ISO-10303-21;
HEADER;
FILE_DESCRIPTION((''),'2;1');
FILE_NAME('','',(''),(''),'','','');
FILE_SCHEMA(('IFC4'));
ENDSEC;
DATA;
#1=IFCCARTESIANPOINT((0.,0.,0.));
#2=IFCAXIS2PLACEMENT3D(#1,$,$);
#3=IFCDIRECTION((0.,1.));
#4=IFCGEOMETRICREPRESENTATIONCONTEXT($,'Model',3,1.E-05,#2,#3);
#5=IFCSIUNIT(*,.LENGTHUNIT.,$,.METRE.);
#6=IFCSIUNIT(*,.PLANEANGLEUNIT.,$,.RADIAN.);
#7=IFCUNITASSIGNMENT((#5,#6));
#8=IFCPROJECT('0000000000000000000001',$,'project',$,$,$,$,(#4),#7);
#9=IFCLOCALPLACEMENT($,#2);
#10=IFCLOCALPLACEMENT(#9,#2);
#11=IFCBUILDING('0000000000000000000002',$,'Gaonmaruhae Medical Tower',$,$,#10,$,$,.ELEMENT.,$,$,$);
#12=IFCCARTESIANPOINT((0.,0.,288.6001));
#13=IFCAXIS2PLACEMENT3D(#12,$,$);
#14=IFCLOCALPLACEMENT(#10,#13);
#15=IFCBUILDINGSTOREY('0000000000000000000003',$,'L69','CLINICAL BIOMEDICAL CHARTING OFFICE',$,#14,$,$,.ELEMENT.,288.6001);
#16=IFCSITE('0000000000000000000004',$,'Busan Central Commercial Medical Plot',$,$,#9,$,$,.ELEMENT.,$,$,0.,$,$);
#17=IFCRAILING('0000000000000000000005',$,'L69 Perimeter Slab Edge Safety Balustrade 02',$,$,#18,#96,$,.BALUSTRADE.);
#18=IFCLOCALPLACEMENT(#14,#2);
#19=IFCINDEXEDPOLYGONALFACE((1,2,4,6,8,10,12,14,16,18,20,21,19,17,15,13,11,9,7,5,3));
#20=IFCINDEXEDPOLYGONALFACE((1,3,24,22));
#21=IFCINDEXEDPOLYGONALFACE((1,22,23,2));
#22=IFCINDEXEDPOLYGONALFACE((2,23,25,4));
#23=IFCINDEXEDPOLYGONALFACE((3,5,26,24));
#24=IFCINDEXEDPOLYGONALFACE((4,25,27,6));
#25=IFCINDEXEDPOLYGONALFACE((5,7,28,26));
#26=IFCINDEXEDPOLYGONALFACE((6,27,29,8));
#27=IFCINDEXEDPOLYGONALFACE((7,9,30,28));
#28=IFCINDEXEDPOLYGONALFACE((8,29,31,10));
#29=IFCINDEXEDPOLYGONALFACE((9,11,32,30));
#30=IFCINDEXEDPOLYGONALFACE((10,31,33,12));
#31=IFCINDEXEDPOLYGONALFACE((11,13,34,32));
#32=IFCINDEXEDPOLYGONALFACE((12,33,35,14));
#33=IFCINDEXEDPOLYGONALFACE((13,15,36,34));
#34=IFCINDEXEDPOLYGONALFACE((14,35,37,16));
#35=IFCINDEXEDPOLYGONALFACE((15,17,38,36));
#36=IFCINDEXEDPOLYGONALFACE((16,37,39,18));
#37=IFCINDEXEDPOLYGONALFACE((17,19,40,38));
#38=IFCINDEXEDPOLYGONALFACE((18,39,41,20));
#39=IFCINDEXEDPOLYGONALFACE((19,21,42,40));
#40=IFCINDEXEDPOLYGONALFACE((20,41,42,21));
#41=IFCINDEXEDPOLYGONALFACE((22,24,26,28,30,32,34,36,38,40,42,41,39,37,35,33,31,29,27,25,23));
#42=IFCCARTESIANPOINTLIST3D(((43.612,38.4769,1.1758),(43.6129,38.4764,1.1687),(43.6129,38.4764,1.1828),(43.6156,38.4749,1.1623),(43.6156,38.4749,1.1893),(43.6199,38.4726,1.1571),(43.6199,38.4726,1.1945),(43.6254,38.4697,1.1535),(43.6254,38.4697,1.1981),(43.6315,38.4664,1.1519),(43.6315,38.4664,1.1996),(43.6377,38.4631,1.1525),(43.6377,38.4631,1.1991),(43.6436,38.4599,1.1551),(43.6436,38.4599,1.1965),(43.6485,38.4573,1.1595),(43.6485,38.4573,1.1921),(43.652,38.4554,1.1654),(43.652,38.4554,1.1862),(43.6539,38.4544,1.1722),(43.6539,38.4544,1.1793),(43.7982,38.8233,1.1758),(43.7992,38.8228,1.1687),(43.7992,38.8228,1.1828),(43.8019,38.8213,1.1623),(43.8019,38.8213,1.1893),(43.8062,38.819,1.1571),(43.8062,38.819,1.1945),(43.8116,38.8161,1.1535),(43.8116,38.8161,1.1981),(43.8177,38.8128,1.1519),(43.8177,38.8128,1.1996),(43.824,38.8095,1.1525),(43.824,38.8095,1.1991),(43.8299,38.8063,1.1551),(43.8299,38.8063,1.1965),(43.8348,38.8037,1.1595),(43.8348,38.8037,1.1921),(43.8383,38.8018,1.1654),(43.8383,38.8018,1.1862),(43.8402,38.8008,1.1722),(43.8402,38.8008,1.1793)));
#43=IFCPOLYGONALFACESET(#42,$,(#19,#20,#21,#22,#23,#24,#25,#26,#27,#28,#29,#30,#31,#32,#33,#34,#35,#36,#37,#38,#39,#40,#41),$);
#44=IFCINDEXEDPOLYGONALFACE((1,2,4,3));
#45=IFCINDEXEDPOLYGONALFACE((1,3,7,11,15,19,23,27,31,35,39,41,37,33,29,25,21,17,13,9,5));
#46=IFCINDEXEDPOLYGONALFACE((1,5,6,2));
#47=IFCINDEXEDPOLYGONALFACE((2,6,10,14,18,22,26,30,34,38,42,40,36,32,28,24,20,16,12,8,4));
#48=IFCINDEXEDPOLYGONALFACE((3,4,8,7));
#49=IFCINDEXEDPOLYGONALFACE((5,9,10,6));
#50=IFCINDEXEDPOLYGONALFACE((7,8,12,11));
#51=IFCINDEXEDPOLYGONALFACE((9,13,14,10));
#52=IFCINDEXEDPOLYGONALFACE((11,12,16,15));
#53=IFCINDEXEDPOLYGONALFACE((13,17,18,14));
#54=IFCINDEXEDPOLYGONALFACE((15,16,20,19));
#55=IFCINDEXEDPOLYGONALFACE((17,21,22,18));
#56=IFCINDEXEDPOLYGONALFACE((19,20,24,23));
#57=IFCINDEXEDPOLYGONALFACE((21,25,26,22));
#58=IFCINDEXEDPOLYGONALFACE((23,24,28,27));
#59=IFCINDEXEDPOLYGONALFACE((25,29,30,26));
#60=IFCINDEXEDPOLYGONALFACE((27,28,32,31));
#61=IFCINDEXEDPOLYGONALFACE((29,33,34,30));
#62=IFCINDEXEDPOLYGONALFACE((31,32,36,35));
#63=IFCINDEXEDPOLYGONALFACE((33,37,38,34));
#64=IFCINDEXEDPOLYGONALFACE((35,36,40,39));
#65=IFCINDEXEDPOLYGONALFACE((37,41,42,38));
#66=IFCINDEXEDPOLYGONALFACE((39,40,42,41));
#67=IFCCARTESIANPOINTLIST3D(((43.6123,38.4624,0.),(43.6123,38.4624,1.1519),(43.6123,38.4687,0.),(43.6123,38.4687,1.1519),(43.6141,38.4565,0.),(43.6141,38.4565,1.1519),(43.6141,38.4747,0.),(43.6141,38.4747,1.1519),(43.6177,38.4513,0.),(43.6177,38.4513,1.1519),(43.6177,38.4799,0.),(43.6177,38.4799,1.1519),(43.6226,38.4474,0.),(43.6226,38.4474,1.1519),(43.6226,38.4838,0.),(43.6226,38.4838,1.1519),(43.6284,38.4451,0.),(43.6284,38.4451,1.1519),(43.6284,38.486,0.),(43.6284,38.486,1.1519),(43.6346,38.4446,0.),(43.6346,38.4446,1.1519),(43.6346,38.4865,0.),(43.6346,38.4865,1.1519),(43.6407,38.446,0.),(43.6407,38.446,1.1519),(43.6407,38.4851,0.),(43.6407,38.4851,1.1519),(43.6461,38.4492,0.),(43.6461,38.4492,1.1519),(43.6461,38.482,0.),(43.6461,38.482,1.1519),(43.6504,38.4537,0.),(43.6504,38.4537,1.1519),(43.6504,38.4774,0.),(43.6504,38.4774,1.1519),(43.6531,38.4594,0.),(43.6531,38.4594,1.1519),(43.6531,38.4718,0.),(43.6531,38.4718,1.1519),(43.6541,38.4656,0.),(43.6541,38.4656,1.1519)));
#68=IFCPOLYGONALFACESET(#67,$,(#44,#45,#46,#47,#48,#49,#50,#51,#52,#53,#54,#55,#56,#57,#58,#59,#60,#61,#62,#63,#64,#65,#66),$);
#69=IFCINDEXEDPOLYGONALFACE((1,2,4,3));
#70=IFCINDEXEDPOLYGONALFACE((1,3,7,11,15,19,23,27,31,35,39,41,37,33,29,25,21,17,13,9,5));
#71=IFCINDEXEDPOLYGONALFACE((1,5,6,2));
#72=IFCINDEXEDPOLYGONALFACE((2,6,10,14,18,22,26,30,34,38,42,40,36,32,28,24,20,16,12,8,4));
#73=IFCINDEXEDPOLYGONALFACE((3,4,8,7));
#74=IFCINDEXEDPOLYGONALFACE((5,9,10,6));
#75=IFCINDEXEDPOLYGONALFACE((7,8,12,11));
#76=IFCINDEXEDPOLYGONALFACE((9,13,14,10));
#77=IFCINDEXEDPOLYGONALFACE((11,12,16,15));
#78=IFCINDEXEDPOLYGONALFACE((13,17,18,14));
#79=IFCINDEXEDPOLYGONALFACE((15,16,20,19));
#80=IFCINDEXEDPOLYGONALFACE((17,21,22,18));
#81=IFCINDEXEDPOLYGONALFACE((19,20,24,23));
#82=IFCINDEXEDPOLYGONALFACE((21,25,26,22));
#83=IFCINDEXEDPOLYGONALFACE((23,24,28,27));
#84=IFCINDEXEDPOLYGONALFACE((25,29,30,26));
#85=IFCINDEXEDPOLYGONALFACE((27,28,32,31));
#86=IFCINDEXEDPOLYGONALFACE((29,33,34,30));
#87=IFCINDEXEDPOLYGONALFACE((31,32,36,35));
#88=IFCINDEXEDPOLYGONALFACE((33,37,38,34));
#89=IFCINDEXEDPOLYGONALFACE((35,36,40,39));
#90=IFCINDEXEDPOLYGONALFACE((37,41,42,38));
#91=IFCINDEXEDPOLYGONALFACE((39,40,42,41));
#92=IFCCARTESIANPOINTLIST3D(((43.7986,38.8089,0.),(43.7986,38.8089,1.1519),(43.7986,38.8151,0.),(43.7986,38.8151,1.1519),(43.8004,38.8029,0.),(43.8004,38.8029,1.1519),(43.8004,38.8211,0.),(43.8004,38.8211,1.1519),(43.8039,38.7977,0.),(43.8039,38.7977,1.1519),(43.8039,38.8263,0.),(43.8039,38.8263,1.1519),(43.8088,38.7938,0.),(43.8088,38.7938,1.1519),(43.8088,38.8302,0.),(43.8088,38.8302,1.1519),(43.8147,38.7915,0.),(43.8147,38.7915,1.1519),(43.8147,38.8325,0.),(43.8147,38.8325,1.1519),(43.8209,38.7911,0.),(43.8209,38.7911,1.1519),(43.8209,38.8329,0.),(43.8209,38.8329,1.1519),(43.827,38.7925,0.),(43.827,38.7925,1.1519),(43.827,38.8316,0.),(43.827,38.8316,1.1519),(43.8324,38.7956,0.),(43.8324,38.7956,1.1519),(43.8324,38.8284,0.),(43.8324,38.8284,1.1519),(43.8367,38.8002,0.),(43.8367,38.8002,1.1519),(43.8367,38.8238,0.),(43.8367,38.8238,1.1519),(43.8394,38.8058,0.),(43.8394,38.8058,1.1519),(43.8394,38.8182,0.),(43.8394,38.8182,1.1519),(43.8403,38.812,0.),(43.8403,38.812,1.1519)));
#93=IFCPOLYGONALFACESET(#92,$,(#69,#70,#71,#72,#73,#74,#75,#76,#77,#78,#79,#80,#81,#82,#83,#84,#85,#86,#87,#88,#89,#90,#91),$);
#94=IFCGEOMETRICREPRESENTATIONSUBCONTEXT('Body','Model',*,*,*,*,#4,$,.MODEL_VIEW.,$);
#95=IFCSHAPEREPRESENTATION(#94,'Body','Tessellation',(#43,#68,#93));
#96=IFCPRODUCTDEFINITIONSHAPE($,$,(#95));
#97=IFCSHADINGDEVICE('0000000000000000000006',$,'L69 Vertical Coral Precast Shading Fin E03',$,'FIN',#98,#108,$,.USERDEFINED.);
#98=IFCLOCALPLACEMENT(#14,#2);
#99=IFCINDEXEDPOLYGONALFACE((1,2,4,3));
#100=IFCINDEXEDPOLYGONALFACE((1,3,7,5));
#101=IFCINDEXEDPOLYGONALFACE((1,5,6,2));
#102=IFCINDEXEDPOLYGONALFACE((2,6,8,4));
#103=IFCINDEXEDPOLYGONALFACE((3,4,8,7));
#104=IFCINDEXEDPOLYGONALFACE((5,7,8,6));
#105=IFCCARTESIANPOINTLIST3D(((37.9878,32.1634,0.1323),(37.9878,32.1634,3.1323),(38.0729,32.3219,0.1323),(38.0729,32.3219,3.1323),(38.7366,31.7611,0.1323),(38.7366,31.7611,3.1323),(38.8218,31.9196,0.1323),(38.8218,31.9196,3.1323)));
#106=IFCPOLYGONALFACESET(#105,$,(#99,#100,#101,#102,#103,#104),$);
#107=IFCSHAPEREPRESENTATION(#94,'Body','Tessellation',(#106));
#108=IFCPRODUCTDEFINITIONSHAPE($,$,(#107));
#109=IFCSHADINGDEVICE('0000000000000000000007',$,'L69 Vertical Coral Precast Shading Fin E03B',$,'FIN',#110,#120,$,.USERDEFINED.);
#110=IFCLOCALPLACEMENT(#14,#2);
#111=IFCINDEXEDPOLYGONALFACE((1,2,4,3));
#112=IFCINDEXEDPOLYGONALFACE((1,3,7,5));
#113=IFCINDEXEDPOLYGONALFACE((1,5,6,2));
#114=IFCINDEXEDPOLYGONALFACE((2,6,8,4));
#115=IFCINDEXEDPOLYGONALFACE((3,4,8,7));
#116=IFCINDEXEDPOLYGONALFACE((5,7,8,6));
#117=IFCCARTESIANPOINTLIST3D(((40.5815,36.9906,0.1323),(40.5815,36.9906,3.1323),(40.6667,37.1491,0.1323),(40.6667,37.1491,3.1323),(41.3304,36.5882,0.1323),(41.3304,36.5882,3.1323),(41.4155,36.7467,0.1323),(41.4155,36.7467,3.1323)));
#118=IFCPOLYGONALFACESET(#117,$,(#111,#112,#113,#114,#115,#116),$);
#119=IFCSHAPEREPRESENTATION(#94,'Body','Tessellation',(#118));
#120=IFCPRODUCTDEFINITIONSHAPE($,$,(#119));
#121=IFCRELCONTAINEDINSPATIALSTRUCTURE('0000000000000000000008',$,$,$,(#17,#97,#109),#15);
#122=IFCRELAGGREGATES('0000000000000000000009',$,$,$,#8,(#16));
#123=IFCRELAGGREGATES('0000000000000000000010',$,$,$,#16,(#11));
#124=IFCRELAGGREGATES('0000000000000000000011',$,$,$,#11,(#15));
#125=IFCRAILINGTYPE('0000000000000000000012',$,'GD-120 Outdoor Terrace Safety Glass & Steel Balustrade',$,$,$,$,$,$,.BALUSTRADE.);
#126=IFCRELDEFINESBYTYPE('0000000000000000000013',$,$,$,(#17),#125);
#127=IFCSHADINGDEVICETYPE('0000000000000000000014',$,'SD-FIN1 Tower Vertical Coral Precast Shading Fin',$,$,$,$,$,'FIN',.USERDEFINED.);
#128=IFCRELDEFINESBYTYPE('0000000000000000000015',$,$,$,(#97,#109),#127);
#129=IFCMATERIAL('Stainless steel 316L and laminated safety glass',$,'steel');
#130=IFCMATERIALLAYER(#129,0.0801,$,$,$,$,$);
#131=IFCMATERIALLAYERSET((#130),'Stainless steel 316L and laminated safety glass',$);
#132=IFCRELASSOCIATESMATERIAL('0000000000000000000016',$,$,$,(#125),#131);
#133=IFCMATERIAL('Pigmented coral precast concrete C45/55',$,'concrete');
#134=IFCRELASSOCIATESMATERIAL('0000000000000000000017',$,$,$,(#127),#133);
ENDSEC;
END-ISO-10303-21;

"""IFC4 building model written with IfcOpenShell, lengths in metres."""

from ifc_helpers import new_model, si_unit, direction, frame, origin, origin_2d, place, context, subcontext, project, spatial, rectangle, circle, extrude, material, layer, layer_set, type_object, element, save


model = new_model("IFC4")

# Units and contexts
model_context = context("Model", 3, precision=1e-05, world=origin(), true_north=direction((0.0, 1.0)))
body_context = subcontext(model_context, "Body", "Model", "MODEL_VIEW")
ifc_project = project(units=[si_unit("LENGTHUNIT", "METRE"), si_unit("PLANEANGLEUNIT", "RADIAN")], contexts=[model_context])

# Site, building, storey
site_placement = place(None, origin())
site = spatial("IfcSite", under=ifc_project, at=site_placement, Name="Busan Central Commercial Medical Plot", CompositionType="ELEMENT", RefElevation=0.0)
building_placement = place(site_placement, origin())
building = spatial("IfcBuilding", under=site, at=building_placement, Name="Gaonmaruhae Medical Tower", CompositionType="ELEMENT")
storey_placement = place(building_placement, frame((0.0, 0.0, 288.6001)))
storey = spatial("IfcBuildingStorey", under=building, at=storey_placement, Name="L69", Description="CLINICAL BIOMEDICAL CHARTING OFFICE", CompositionType="ELEMENT", Elevation=288.6001)

# Railing
ifc_material_1 = material(Name="Stainless steel 316L and laminated safety glass", Category="steel")
ifc_layer_1 = layer(ifc_material_1, 0.0801)
ifc_layer_set_1 = layer_set([ifc_layer_1], Name="Stainless steel 316L and laminated safety glass")
railing_type = type_object("IfcRailingType", Name="GD-120 Outdoor Terrace Safety Glass & Steel Balustrade", PredefinedType="BALUSTRADE", material=ifc_layer_set_1)
railing_placement = place(storey_placement, frame((43.6331, 38.4656, 0.0)))
element("IfcRailing", 1, at=railing_placement, inside=storey, type_object=railing_type, Name="L69 Perimeter Slab Edge Safety Balustrade 02", PredefinedType="BALUSTRADE", context=body_context, shape_type="SweptSolid", body=[
    extrude(circle(Radius=0.0239, at=origin_2d()), frame((0.0, 0.0, 1.1758), z_axis=(0.473582, 0.88075, 0.0), x_axis=(-0.88075, 0.473582, 0.0)), (0.0, 0.0, 1.0), 0.3933),
    extrude(circle(Radius=0.021, at=origin_2d()), origin(), (0.0, 0.0, 1.0), 1.1519),
    extrude(circle(Radius=0.021, at=origin_2d()), frame((0.1863, 0.3464, 0.0)), (0.0, 0.0, 1.0), 1.1519),
])

# Shading devices
ifc_material_2 = material(Name="Pigmented coral precast concrete C45/55", Category="concrete")
shading_device_type = type_object("IfcShadingDeviceType", Name="SD-FIN1 Tower Vertical Coral Precast Shading Fin", ElementType="FIN", PredefinedType="USERDEFINED", material=ifc_material_2)
for number, where, z_axis, x_axis, name in (
    (2, (38.4048, 32.0415, 0.1323), (0.0, 0.0, 1.0), (0.47332, 0.880891, 0.0), "L69 Vertical Coral Precast Shading Fin E03"),
    (3, (40.9985, 36.8687, 0.1323), (0.0, 0.0, 1.0), (0.47332, 0.880891, 0.0), "L69 Vertical Coral Precast Shading Fin E03B"),
):
    element("IfcShadingDevice", number, at=place(storey_placement, frame(where, z_axis=z_axis, x_axis=x_axis)), inside=storey, type_object=shading_device_type, Name=name, ObjectType="FIN", PredefinedType="USERDEFINED", context=body_context, shape_type="SweptSolid", body=[
        extrude(rectangle(XDim=0.1799, YDim=0.8501, at=origin_2d()), origin(), (0.0, 0.0, 1.0), 3.0),
    ])

save(model, "model.ifc")
